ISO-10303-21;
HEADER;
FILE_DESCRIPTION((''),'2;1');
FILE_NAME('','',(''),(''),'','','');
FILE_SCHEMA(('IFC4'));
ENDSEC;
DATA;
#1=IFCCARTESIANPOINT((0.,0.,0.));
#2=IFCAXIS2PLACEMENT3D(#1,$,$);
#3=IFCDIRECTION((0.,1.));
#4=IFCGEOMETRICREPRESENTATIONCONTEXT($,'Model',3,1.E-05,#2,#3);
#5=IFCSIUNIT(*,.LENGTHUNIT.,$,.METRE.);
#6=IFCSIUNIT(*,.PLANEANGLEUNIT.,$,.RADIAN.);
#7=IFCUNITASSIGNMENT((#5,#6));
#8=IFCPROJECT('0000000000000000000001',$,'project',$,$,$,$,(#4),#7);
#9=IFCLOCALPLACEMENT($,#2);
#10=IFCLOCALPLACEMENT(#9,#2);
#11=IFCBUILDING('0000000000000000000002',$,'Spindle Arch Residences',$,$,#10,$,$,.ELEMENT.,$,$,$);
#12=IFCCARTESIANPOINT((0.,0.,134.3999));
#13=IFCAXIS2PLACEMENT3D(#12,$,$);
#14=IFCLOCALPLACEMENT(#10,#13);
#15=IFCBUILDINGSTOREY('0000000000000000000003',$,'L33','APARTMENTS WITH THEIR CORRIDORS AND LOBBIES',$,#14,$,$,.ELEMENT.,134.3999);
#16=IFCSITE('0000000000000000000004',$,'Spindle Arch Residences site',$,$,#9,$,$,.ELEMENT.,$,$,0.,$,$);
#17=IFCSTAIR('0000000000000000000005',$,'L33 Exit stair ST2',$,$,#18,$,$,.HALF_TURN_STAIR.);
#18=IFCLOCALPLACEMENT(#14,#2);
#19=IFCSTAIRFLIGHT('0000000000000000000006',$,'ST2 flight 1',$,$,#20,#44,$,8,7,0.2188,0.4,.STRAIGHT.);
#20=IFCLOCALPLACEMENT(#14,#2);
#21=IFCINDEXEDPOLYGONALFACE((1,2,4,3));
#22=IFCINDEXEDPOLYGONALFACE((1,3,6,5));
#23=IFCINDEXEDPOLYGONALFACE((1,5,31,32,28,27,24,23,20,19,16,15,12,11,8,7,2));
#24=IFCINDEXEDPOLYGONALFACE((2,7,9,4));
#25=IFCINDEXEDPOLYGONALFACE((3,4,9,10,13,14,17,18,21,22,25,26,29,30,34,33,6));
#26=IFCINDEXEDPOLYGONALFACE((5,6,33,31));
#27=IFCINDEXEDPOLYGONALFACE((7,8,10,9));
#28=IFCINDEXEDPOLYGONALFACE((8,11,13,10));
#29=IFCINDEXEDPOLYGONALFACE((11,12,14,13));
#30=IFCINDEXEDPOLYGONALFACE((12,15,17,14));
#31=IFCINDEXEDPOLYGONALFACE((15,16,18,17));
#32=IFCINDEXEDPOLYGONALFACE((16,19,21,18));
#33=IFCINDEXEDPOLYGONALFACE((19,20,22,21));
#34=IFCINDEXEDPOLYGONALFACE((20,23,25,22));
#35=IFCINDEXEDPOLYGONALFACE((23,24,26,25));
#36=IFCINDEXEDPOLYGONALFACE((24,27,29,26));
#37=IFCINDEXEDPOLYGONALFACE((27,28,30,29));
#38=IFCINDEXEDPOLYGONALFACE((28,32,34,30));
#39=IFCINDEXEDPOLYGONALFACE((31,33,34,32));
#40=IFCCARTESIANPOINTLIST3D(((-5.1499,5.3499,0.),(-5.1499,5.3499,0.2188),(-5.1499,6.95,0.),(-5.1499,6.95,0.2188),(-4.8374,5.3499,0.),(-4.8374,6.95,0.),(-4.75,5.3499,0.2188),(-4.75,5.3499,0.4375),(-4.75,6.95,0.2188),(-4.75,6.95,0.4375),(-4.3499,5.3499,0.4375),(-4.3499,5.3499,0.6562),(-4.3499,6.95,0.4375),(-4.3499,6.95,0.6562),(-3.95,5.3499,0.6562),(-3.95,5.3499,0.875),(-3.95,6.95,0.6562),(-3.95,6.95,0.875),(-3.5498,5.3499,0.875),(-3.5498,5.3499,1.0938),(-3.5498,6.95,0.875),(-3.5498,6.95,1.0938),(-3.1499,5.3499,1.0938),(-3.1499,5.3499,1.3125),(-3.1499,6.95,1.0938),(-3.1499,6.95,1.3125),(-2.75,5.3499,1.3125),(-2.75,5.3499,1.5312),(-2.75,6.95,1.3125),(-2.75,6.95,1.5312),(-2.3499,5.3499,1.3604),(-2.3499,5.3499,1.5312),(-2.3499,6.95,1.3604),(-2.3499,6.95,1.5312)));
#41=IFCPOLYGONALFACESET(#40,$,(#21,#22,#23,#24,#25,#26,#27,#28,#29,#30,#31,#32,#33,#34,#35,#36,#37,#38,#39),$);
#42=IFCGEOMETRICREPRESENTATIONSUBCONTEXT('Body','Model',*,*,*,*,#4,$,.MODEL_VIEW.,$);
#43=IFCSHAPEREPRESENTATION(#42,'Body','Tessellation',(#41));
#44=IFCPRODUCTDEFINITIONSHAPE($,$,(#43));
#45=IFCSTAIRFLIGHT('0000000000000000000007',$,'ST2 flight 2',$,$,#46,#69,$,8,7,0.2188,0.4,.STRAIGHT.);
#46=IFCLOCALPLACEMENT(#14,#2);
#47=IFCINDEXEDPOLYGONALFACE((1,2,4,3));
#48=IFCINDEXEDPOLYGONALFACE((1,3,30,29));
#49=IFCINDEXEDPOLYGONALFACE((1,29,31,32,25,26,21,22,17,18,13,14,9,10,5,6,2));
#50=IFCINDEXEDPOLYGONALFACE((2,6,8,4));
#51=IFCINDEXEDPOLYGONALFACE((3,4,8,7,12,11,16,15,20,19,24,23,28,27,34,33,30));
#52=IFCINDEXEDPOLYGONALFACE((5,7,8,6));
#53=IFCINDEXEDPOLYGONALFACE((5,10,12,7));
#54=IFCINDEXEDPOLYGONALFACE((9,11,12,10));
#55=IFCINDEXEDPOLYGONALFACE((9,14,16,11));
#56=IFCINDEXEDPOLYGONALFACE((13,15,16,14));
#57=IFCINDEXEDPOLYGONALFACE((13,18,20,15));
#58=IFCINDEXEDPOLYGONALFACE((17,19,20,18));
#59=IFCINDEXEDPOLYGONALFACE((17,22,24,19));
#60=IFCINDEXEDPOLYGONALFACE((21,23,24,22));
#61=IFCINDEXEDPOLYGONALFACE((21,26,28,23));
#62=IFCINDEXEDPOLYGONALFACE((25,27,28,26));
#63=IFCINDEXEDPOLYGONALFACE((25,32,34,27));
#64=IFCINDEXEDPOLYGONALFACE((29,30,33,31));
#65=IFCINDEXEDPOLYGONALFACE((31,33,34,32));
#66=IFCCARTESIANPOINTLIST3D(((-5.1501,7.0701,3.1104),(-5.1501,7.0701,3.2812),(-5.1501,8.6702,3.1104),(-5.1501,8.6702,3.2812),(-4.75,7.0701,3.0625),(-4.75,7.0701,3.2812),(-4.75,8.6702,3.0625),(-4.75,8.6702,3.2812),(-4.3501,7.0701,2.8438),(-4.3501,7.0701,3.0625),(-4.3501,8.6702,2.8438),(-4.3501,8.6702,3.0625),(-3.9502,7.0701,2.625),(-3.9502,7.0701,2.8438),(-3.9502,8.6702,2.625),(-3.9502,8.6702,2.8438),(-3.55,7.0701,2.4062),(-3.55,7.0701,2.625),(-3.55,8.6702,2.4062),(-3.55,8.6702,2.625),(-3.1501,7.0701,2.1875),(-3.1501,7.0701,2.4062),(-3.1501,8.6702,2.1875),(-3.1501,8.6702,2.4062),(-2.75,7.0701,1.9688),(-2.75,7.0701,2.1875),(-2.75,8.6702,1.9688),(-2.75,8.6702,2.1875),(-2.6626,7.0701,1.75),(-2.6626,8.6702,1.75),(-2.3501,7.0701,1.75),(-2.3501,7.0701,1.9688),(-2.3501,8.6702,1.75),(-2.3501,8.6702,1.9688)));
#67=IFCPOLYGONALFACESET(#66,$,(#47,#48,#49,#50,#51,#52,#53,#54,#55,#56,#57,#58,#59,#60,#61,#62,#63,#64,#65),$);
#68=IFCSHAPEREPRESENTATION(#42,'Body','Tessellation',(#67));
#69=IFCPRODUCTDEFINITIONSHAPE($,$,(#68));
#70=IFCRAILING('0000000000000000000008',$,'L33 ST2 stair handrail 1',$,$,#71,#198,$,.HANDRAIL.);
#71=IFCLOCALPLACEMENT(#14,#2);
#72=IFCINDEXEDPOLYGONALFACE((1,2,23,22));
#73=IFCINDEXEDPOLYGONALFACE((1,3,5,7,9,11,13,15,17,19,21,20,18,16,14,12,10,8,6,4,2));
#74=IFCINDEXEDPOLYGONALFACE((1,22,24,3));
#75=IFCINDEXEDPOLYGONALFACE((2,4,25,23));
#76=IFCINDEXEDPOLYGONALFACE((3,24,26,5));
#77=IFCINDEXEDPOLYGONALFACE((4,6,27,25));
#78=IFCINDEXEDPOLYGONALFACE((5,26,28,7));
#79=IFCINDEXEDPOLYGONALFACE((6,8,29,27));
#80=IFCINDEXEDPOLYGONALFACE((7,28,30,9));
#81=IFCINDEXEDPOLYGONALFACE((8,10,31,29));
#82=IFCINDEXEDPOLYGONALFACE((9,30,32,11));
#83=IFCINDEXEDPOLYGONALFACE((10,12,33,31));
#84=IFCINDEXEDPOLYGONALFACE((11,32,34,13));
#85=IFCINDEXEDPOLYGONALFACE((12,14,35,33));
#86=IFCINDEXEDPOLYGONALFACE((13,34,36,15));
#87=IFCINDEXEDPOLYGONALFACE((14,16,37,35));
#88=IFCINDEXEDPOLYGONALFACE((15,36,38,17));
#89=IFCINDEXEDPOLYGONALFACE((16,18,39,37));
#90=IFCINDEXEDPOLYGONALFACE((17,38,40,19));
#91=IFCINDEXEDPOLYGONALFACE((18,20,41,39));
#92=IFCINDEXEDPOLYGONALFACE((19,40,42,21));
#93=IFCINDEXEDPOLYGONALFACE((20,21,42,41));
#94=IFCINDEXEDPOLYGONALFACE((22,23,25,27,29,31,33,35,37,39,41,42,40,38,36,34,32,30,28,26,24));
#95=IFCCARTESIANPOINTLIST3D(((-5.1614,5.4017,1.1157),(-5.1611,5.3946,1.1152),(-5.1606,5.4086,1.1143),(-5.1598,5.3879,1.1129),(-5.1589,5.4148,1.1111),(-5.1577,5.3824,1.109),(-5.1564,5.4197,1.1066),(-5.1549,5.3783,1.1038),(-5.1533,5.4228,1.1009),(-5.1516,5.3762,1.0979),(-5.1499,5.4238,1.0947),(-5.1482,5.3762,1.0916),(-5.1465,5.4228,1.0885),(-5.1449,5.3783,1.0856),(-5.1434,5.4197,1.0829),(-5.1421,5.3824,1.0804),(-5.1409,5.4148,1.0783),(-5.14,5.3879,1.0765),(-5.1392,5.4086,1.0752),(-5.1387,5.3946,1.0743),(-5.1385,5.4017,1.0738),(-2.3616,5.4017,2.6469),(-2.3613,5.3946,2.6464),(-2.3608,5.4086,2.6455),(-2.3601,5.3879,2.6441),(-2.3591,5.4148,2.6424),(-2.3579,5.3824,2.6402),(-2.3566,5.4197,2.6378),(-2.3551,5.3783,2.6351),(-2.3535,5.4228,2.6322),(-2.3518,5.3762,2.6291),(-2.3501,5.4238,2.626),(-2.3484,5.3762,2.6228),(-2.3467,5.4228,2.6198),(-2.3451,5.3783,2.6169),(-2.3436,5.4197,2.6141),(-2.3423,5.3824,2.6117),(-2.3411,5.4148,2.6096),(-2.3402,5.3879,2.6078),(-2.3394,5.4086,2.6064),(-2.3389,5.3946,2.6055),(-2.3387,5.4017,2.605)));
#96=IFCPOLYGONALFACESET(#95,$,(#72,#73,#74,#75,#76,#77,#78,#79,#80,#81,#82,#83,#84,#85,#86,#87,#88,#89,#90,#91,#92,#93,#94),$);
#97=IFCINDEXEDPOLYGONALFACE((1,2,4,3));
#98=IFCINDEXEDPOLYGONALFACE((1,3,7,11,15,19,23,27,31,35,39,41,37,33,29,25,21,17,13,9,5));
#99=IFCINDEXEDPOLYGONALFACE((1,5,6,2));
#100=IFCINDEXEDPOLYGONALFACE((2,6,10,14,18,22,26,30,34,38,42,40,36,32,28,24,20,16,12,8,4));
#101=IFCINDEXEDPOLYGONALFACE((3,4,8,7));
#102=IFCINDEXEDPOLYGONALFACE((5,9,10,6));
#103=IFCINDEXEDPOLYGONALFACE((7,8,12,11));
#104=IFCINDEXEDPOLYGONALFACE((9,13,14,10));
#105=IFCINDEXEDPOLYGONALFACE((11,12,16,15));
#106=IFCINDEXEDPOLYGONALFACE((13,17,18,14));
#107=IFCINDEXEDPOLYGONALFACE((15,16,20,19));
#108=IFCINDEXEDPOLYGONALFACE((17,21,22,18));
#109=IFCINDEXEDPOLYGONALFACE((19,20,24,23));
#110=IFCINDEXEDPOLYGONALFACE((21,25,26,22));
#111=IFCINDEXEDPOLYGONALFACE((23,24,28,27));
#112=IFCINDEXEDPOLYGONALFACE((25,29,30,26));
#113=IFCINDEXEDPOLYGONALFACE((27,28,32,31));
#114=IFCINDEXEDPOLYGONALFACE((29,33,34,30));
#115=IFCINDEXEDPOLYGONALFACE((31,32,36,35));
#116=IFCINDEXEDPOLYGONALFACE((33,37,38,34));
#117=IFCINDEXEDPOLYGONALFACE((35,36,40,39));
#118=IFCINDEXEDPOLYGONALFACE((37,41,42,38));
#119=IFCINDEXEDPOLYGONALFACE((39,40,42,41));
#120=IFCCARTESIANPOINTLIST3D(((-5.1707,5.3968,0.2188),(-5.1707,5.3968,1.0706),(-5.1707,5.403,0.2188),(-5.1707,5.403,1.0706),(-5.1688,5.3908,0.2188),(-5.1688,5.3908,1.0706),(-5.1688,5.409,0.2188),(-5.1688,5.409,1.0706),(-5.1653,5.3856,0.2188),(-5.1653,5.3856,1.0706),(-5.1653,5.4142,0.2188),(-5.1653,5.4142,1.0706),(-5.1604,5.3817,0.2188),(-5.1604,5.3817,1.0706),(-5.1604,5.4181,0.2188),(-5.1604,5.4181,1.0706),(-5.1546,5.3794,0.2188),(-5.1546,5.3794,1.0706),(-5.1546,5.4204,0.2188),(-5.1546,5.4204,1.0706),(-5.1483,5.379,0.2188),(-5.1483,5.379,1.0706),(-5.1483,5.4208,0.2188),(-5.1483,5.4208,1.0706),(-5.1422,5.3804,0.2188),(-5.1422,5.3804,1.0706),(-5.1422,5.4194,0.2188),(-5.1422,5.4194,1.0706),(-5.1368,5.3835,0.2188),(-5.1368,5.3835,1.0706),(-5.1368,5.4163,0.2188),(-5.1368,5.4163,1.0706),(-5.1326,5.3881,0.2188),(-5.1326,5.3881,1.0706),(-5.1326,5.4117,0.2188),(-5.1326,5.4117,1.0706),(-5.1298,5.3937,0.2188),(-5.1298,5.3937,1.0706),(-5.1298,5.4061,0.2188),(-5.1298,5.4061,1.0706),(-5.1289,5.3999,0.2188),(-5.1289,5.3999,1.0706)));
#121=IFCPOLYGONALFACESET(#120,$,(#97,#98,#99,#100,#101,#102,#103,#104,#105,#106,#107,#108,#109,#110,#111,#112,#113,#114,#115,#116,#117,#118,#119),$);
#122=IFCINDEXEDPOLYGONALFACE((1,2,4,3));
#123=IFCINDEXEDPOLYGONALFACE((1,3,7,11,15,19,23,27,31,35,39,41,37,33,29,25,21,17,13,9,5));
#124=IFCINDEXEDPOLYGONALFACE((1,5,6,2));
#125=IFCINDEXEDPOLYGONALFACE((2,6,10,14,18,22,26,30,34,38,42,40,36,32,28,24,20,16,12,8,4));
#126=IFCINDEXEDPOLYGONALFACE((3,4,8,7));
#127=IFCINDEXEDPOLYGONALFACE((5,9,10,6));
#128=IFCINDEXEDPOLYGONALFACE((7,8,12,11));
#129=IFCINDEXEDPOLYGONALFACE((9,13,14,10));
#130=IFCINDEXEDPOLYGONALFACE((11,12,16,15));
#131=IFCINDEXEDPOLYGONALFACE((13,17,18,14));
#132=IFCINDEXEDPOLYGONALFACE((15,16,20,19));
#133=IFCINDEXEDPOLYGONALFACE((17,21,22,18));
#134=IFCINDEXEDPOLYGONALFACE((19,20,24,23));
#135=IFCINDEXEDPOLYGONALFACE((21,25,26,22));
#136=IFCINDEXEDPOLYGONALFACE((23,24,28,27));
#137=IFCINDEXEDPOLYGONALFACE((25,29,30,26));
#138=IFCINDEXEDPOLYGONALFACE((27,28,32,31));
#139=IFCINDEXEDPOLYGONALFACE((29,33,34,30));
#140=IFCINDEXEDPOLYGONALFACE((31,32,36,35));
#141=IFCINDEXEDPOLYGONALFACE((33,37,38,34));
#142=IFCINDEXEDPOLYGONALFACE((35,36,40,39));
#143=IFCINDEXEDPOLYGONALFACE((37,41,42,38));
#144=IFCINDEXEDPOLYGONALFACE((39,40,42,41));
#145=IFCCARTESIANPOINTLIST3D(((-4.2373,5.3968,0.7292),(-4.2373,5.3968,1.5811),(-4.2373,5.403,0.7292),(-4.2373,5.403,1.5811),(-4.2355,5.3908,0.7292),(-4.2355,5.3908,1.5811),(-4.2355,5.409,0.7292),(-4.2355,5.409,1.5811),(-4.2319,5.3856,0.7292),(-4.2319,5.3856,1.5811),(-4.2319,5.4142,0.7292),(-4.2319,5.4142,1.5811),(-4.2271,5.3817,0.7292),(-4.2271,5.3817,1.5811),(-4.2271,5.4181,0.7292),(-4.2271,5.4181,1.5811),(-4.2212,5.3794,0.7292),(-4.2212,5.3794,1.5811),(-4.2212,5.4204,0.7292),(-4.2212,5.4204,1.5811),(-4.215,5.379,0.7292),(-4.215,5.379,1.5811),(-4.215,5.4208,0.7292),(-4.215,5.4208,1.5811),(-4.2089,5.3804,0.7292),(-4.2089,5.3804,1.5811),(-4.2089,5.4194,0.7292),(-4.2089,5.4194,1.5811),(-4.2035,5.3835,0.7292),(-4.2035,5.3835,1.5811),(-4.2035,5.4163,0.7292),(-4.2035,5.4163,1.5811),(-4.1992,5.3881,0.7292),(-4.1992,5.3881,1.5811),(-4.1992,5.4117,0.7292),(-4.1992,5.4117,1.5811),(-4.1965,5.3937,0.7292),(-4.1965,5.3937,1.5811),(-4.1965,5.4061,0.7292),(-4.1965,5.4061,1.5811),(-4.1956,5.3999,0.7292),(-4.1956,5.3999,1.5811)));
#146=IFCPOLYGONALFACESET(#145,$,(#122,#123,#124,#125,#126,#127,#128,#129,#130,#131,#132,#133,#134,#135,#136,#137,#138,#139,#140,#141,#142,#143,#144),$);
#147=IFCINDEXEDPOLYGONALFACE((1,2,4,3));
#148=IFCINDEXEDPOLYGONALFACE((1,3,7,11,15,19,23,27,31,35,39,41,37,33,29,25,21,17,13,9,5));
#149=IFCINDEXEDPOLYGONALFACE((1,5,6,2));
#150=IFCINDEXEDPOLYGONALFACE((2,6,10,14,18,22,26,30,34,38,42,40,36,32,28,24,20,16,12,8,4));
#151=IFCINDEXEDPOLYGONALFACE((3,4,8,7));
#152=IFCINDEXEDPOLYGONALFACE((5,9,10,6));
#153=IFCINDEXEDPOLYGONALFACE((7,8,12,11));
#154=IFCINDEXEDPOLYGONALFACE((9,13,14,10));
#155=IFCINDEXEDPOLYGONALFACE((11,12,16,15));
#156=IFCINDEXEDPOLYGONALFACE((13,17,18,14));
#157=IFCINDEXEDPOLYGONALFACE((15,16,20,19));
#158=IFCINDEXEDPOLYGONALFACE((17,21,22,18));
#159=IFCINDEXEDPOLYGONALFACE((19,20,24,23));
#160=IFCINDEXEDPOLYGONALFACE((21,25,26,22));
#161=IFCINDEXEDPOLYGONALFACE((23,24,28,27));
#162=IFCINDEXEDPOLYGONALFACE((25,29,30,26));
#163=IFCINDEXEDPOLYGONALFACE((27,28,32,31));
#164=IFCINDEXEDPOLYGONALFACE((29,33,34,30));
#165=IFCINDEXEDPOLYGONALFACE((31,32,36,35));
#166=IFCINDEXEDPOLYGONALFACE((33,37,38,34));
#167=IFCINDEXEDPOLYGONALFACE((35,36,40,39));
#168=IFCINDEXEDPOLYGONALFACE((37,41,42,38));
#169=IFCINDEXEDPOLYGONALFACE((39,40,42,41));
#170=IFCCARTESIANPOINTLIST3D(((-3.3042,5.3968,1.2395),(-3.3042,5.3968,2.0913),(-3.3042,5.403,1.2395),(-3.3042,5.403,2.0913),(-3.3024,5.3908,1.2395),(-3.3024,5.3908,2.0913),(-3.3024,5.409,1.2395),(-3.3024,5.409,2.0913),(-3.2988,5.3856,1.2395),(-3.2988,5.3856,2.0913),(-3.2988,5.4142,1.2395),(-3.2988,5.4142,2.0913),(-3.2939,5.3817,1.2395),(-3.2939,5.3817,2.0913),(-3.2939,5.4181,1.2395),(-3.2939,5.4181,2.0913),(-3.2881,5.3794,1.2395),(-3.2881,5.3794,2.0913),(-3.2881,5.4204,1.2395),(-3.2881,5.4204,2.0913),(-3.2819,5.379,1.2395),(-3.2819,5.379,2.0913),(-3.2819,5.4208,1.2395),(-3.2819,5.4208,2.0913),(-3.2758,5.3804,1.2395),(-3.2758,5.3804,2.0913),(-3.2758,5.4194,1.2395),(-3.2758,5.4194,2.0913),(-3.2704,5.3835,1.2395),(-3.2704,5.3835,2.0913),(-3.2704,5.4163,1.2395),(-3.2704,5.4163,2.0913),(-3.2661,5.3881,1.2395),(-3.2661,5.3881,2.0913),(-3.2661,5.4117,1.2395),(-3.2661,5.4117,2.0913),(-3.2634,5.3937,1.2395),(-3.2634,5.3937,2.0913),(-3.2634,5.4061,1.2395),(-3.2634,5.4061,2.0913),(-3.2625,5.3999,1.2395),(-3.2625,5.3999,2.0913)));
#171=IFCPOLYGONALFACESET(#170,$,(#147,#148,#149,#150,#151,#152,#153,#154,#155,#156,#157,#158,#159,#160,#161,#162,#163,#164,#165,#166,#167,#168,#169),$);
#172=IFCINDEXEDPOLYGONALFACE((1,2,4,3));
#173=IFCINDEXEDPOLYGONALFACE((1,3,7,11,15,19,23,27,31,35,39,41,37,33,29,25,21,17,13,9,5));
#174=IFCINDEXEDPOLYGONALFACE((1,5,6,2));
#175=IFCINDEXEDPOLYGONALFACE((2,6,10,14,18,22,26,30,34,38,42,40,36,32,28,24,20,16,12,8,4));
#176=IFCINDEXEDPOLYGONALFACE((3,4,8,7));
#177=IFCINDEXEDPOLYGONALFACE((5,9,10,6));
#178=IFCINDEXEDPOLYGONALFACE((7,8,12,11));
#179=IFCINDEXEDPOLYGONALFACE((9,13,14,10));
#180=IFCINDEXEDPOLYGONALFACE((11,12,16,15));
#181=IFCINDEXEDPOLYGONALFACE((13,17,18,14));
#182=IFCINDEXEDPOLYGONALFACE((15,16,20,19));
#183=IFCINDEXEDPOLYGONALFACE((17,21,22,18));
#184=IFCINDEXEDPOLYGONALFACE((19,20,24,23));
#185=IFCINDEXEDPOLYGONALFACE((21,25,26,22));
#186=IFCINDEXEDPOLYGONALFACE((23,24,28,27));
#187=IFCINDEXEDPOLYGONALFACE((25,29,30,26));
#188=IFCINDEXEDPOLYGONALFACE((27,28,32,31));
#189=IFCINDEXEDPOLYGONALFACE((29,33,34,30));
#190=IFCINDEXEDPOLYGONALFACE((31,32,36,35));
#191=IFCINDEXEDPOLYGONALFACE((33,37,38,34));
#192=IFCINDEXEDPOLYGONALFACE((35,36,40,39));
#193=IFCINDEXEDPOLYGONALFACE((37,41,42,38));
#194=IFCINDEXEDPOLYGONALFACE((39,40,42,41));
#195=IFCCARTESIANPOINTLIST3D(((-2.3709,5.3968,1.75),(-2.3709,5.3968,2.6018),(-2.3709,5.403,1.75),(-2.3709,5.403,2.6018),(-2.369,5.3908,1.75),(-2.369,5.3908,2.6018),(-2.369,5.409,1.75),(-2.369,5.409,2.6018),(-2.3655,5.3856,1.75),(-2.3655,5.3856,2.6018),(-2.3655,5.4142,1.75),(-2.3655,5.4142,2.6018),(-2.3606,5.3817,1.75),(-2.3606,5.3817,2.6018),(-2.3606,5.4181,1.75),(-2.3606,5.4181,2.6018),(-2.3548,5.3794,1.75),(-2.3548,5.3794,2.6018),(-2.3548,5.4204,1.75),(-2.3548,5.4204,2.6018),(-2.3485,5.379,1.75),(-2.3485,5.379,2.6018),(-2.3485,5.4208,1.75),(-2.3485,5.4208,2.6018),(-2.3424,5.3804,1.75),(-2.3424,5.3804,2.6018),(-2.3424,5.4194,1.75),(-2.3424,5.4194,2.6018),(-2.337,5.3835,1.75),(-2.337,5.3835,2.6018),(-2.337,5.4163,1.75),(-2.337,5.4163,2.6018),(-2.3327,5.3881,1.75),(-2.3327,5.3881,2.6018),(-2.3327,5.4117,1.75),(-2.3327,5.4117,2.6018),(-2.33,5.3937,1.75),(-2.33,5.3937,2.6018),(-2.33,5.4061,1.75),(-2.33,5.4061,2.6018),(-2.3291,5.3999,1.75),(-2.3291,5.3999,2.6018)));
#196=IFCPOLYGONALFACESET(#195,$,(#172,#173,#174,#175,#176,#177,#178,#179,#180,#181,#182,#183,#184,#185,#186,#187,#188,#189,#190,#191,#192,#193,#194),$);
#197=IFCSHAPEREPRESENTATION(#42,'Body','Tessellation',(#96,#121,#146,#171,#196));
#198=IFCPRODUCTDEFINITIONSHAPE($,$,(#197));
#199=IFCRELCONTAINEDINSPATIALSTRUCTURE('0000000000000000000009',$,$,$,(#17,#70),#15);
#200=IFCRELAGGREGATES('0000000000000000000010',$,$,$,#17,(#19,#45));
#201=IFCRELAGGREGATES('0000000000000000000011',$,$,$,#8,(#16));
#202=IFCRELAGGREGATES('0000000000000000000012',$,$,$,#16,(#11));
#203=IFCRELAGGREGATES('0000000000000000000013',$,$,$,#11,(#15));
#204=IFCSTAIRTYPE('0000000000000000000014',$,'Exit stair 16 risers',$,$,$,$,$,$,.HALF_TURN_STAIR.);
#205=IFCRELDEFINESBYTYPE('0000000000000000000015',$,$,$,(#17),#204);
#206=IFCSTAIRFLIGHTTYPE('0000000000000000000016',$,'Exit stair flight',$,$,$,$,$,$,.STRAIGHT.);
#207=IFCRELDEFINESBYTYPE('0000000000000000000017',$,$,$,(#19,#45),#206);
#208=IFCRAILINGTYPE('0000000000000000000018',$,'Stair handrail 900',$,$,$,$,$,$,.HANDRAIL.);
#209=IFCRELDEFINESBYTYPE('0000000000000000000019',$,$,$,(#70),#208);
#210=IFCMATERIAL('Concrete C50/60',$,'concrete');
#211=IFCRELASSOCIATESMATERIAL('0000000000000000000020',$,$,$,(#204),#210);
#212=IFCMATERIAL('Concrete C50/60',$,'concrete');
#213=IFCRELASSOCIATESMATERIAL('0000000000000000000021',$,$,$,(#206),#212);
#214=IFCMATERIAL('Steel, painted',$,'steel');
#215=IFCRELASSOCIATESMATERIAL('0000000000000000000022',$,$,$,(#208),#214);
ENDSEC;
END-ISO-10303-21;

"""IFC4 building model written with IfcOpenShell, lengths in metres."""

from ifc_helpers import new_model, si_unit, direction, frame, origin, origin_2d, place, context, subcontext, project, spatial, polyline, circle, outline, extrude, material, type_object, element, aggregate, save


model = new_model("IFC4")

# Units and contexts
model_context = context("Model", 3, precision=1e-05, world=origin(), true_north=direction((0.0, 1.0)))
body_context = subcontext(model_context, "Body", "Model", "MODEL_VIEW")
ifc_project = project(units=[si_unit("LENGTHUNIT", "METRE"), si_unit("PLANEANGLEUNIT", "RADIAN")], contexts=[model_context])

# Site, building, storey
site_placement = place(None, origin())
site = spatial("IfcSite", under=ifc_project, at=site_placement, Name="Spindle Arch Residences site", CompositionType="ELEMENT", RefElevation=0.0)
building_placement = place(site_placement, origin())
building = spatial("IfcBuilding", under=site, at=building_placement, Name="Spindle Arch Residences", CompositionType="ELEMENT")
storey_placement = place(building_placement, frame((0.0, 0.0, 134.3999)))
storey = spatial("IfcBuildingStorey", under=building, at=storey_placement, Name="L33", Description="APARTMENTS WITH THEIR CORRIDORS AND LOBBIES", CompositionType="ELEMENT", Elevation=134.3999)

# Stair, stair flights
ifc_material_1 = material(Name="Concrete C50/60", Category="concrete")
stair_type = type_object("IfcStairType", Name="Exit stair 16 risers", PredefinedType="HALF_TURN_STAIR", material=ifc_material_1)
stair_placement = place(storey_placement, origin())
stair = element("IfcStair", 1, at=stair_placement, inside=storey, type_object=stair_type, Name="L33 Exit stair ST2", PredefinedType="HALF_TURN_STAIR")
ifc_material_2 = material(Name="Concrete C50/60", Category="concrete")
stair_flight_type = type_object("IfcStairFlightType", Name="Exit stair flight", PredefinedType="STRAIGHT", material=ifc_material_2)
stair_flight_1_placement = place(storey_placement, frame((-5.1499, 6.1499, 0.0), z_axis=(0.0, 0.0, 1.0), x_axis=(1.0, 0.0, 0.0)))
stair_flight_1 = element("IfcStairFlight", 2, at=stair_flight_1_placement, type_object=stair_flight_type, Name="ST2 flight 1", NumberOfRisers=8, NumberOfTreads=7, PredefinedType="STRAIGHT", RiserHeight=0.2188, TreadLength=0.4, context=body_context, shape_type="SweptSolid", body=[
    extrude(outline(polyline([(0.0, 0.0), (0.0, 0.2188), (0.3999, 0.2188), (0.3999, 0.4375), (0.8, 0.4375), (0.8, 0.6562), (1.2, 0.6562), (1.2, 0.875), (1.6001, 0.875), (1.6001, 1.0938), (2.0, 1.0938), (2.0, 1.3125), (2.3999, 1.3125), (2.3999, 1.5312), (2.8, 1.5312), (2.8, 1.75), (2.8, 1.3604), (0.3125, 0.0), (0.0, 0.0)])), frame((0.0, 0.8, 0.0), z_axis=(0.0, -1.0, 0.0), x_axis=(1.0, 0.0, 0.0)), (0.0, 0.0, 1.0), 1.6001),
])
stair_flight_2_placement = place(storey_placement, frame((-2.3501, 7.8701, 1.75), z_axis=(0.0, 0.0, 1.0), x_axis=(-1.0, 0.0, 0.0)))
stair_flight_2 = element("IfcStairFlight", 3, at=stair_flight_2_placement, type_object=stair_flight_type, Name="ST2 flight 2", NumberOfRisers=8, NumberOfTreads=7, PredefinedType="STRAIGHT", RiserHeight=0.2188, TreadLength=0.4, context=body_context, shape_type="SweptSolid", body=[
    extrude(outline(polyline([(0.0, 0.0), (0.0, 0.2188), (0.3999, 0.2188), (0.3999, 0.4375), (0.8, 0.4375), (0.8, 0.6562), (1.2, 0.6562), (1.2, 0.875), (1.6001, 0.875), (1.6001, 1.0938), (2.0, 1.0938), (2.0, 1.3125), (2.3999, 1.3125), (2.3999, 1.5312), (2.8, 1.5312), (2.8, 1.75), (2.8, 1.3604), (0.3125, 0.0), (0.0, 0.0)])), frame((0.0, 0.8, 0.0), z_axis=(0.0, -1.0, 0.0), x_axis=(1.0, 0.0, 0.0)), (0.0, 0.0, 1.0), 1.6001),
])
aggregate(stair, [stair_flight_1, stair_flight_2])

# Railing
ifc_material_3 = material(Name="Steel, painted", Category="steel")
railing_type_1 = type_object("IfcRailingType", Name="Stair handrail 900", PredefinedType="HANDRAIL", material=ifc_material_3)
railing_1_placement = place(storey_placement, frame((-5.1499, 5.3999, 0.2188)))
element("IfcRailing", 4, at=railing_1_placement, inside=storey, type_object=railing_type_1, Name="L33 ST2 stair handrail 1", PredefinedType="HANDRAIL", context=body_context, shape_type="SweptSolid", body=[
    extrude(circle(Radius=0.0239, at=origin_2d()), frame((0.0, 0.0, 0.876), z_axis=(0.877357, 0.0, 0.479838), x_axis=(0.0, 1.0, 0.0)), (0.0, 0.0, 1.0), 3.1912),
    extrude(circle(Radius=0.021, at=origin_2d()), origin(), (0.0, 0.0, 1.0), 0.8518),
    extrude(circle(Radius=0.021, at=origin_2d()), frame((0.9333, 0.0, 0.5105)), (0.0, 0.0, 1.0), 0.8518),
    extrude(circle(Radius=0.021, at=origin_2d()), frame((1.8665, 0.0, 1.0208)), (0.0, 0.0, 1.0), 0.8518),
    extrude(circle(Radius=0.021, at=origin_2d()), frame((2.7998, 0.0, 1.5312)), (0.0, 0.0, 1.0), 0.8518),
])

save(model, "model.ifc")
